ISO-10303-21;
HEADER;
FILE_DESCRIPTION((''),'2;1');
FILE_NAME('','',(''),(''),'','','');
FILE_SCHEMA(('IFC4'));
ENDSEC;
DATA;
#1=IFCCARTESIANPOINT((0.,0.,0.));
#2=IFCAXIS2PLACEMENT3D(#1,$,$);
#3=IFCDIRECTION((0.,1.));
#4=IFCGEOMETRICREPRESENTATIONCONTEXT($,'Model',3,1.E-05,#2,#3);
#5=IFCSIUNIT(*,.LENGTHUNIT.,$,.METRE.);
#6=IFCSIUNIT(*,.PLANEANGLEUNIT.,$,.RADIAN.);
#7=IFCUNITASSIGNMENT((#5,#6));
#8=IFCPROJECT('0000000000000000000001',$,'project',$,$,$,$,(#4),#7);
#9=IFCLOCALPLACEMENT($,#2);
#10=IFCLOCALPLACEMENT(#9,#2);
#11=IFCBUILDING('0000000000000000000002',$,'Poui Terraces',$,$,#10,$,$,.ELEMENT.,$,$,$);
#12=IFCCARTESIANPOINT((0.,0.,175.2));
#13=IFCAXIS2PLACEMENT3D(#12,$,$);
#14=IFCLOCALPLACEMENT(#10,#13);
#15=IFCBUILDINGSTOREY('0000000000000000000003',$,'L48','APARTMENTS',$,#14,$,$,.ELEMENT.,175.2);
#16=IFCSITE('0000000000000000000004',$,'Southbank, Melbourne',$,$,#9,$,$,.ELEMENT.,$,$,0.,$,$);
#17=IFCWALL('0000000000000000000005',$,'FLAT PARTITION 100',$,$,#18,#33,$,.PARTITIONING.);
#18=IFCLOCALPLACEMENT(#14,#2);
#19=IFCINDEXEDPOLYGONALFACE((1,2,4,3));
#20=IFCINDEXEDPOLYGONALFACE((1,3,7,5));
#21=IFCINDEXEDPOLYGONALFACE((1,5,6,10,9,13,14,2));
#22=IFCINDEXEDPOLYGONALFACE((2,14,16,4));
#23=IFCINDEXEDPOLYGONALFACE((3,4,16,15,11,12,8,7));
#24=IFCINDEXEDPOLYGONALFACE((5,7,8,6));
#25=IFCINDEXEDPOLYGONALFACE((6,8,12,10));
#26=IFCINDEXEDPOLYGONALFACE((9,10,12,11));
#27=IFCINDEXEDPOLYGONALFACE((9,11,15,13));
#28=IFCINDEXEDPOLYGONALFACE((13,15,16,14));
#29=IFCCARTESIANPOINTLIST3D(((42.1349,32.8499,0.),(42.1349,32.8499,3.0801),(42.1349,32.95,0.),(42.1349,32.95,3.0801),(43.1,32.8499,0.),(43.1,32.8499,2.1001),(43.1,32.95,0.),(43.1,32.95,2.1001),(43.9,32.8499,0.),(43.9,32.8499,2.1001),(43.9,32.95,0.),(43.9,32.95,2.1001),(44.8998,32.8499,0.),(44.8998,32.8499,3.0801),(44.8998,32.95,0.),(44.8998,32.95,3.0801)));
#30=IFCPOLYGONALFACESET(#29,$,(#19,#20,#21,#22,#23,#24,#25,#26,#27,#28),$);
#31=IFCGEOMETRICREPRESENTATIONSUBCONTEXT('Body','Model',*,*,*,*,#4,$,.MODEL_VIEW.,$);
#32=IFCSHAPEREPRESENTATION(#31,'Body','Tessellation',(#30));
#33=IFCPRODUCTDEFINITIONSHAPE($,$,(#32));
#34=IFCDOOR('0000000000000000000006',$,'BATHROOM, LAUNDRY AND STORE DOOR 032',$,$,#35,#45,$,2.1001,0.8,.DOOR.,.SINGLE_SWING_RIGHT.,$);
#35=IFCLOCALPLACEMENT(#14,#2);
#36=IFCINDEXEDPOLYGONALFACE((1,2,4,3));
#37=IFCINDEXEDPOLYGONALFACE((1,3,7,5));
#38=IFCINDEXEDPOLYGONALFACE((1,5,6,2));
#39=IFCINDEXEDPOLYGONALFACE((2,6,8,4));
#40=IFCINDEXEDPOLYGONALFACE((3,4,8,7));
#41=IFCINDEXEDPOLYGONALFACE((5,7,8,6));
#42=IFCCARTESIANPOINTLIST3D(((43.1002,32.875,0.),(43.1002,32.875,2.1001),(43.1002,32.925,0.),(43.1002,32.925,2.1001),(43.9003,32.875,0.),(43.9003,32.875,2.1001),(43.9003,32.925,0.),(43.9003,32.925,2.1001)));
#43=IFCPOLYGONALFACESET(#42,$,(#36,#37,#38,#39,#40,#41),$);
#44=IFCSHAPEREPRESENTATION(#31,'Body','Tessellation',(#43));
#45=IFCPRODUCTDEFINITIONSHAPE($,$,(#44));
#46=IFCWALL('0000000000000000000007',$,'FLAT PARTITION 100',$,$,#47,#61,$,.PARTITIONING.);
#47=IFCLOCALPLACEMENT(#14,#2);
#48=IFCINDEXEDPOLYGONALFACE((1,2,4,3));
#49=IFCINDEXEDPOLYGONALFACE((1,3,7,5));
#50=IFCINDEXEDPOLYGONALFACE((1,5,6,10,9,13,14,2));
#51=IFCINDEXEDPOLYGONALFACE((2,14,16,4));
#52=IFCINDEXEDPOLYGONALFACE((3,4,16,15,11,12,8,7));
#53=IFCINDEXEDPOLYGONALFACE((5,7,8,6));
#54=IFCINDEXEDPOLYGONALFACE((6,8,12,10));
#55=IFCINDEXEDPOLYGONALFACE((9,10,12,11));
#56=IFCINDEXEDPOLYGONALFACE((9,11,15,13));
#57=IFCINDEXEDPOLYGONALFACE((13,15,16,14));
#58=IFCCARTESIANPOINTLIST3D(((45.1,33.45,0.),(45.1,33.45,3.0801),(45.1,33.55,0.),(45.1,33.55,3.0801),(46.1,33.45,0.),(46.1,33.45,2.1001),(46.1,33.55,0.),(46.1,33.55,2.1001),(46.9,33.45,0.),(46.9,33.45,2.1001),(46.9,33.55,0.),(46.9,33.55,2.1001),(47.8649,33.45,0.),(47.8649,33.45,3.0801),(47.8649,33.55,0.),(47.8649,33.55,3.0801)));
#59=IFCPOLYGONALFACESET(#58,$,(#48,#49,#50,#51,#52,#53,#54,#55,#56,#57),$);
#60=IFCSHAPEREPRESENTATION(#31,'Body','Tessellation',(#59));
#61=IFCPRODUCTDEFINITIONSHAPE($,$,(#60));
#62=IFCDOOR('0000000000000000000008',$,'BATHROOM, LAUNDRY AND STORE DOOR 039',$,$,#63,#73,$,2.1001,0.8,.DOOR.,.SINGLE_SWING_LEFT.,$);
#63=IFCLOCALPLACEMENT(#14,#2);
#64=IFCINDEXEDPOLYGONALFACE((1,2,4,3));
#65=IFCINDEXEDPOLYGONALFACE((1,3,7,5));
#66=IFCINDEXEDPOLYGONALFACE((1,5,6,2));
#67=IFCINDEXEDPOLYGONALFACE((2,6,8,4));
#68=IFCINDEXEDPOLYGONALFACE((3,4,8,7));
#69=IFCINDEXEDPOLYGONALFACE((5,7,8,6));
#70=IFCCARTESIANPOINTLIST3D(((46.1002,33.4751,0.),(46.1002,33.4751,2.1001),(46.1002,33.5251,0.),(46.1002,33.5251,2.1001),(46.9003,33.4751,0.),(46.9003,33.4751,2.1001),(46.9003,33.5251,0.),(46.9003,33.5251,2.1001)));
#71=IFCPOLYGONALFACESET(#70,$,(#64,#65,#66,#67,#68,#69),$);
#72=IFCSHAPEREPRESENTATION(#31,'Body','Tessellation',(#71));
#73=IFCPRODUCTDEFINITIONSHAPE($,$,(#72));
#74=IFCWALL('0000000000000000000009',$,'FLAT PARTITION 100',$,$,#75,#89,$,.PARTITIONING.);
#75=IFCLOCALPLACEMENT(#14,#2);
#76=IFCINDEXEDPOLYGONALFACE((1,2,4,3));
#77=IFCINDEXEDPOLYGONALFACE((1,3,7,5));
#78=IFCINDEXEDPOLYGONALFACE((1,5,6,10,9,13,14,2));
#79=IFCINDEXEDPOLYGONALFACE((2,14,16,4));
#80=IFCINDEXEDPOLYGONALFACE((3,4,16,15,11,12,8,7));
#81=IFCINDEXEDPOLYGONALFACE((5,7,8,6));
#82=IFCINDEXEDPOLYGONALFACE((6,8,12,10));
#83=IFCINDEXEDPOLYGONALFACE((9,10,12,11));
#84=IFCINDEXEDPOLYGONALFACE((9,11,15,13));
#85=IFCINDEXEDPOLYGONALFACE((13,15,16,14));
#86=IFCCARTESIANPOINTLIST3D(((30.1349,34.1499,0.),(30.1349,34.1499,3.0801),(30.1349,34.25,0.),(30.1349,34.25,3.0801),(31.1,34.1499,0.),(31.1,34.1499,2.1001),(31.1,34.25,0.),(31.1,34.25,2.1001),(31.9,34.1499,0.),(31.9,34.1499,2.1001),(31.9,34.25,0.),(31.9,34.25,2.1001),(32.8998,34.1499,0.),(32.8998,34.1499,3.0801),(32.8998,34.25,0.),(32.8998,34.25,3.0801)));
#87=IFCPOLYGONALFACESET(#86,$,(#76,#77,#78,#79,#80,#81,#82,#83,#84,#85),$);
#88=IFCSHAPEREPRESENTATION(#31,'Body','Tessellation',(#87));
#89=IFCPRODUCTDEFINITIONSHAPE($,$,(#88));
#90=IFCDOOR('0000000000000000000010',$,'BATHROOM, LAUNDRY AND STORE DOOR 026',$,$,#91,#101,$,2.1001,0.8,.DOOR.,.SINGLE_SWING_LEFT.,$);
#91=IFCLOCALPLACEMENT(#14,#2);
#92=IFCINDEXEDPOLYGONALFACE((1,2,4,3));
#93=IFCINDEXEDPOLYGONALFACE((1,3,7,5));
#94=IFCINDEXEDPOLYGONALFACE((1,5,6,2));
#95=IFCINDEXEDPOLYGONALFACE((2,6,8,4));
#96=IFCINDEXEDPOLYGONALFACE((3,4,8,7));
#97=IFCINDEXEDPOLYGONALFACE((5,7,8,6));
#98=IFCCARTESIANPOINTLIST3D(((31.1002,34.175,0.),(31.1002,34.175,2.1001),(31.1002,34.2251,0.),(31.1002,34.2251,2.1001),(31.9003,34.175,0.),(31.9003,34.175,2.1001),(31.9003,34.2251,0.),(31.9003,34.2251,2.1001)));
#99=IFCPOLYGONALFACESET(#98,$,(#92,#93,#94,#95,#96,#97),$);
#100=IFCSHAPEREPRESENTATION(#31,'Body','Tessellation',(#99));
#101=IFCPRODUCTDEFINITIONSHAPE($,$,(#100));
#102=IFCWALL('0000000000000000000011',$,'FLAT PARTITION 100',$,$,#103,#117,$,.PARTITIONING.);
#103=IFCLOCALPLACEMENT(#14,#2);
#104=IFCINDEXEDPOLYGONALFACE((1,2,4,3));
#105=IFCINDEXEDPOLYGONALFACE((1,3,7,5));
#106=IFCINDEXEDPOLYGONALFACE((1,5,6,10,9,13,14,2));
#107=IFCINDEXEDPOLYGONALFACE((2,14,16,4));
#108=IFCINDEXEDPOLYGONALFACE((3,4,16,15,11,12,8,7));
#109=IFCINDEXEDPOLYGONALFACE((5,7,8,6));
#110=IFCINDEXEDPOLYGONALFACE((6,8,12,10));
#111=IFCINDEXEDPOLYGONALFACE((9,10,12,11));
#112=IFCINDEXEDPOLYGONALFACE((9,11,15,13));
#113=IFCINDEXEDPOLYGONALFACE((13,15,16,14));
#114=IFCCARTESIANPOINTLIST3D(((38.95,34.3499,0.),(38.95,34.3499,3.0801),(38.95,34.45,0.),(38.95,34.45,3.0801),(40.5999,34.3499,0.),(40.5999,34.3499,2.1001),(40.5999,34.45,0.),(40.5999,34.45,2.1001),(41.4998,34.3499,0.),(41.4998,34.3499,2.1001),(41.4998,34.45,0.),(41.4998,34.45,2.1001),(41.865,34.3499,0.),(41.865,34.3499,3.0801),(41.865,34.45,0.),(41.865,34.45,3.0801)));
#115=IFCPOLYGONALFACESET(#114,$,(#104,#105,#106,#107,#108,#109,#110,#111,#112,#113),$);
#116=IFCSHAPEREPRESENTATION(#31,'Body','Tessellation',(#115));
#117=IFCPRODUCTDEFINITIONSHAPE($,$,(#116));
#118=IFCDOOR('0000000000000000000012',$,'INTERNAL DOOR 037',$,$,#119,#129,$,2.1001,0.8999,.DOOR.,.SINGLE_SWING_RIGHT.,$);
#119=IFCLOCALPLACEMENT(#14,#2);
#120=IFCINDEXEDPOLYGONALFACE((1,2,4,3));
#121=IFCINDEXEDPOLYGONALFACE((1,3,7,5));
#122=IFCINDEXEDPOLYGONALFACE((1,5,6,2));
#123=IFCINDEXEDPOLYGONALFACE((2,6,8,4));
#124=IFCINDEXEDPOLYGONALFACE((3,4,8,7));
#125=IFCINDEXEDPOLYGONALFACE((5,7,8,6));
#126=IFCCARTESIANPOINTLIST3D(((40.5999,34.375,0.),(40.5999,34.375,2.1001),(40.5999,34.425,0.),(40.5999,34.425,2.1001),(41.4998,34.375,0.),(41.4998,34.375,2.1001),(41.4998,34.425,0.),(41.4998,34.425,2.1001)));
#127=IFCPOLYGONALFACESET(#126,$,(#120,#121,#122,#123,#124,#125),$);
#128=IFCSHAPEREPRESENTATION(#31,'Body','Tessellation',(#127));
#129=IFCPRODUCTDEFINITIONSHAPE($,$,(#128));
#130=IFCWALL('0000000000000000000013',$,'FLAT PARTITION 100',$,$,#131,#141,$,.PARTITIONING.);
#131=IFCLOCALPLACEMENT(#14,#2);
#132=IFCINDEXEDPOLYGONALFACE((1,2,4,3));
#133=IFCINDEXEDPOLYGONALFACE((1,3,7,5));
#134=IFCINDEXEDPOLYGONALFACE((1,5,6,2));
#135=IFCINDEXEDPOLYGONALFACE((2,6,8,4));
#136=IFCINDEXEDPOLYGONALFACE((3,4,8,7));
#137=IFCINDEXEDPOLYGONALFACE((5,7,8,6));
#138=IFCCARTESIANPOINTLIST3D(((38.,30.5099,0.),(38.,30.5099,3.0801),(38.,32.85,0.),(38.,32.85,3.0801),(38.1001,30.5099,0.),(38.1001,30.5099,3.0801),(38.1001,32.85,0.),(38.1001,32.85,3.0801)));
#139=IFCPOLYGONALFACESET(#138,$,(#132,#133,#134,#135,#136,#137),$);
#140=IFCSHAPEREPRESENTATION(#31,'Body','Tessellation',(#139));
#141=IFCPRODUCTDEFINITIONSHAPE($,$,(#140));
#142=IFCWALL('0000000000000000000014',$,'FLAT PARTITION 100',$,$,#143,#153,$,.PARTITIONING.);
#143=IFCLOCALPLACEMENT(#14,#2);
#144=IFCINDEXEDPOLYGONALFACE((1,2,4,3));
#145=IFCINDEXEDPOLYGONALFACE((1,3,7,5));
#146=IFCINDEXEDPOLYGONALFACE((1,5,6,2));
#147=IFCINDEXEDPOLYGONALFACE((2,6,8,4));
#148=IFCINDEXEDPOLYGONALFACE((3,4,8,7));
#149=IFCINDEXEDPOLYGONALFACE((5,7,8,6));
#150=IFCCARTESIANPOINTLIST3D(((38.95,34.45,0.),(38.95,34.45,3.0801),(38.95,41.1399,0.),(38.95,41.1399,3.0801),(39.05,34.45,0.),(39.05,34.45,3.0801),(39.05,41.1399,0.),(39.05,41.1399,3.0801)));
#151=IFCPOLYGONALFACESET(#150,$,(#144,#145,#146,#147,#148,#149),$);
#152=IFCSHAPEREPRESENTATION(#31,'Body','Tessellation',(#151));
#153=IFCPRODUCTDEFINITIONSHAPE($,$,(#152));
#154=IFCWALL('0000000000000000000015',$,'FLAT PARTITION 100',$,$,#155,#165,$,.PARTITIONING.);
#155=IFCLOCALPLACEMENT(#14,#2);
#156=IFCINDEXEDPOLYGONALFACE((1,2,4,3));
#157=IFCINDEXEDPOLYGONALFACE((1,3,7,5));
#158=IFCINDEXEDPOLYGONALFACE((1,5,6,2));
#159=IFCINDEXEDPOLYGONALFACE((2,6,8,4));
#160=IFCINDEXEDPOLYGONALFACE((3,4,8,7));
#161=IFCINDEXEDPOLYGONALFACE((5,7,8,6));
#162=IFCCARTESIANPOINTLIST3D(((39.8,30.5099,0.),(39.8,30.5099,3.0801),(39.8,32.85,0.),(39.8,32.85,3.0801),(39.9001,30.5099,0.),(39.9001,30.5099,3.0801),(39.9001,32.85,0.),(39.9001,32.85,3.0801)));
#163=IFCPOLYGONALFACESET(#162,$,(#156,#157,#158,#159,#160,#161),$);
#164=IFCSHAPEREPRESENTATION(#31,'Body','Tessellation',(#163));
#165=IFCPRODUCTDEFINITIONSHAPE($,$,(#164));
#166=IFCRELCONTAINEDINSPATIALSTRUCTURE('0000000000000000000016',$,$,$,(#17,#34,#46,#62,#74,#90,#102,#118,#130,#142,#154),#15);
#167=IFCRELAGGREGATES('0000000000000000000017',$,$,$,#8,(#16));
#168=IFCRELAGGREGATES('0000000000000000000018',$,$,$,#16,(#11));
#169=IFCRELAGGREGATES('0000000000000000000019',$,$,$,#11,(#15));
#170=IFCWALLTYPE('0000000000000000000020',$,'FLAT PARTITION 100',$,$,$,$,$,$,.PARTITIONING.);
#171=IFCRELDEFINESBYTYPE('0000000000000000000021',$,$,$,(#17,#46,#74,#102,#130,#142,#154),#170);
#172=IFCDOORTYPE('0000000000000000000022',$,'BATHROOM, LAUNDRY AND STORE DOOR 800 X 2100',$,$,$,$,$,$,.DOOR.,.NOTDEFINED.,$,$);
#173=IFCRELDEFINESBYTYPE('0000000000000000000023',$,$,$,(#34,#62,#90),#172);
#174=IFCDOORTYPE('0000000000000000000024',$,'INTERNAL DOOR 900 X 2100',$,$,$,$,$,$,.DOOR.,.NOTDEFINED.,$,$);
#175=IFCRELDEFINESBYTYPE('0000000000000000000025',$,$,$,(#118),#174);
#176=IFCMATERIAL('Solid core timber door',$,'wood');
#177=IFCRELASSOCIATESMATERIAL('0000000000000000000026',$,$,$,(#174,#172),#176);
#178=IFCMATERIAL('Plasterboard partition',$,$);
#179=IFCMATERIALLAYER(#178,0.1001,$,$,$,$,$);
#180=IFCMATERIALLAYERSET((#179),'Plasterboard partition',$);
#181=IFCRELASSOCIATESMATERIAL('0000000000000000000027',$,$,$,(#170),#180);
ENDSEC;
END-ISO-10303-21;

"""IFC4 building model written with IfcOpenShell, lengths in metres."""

from ifc_helpers import new_model, si_unit, direction, frame, frame_2d, origin, place, context, subcontext, project, spatial, rectangle, extrude, material, layer, layer_set, type_object, element, fill, save


model = new_model("IFC4")

# Units and contexts
model_context = context("Model", 3, precision=1e-05, world=origin(), true_north=direction((0.0, 1.0)))
body_context = subcontext(model_context, "Body", "Model", "MODEL_VIEW")
ifc_project = project(units=[si_unit("LENGTHUNIT", "METRE"), si_unit("PLANEANGLEUNIT", "RADIAN")], contexts=[model_context])

# Site, building, storey
site_placement = place(None, origin())
site = spatial("IfcSite", under=ifc_project, at=site_placement, Name="Southbank, Melbourne", CompositionType="ELEMENT", RefElevation=0.0)
building_placement = place(site_placement, origin())
building = spatial("IfcBuilding", under=site, at=building_placement, Name="Poui Terraces", CompositionType="ELEMENT")
storey_placement = place(building_placement, frame((0.0, 0.0, 175.2)))
storey = spatial("IfcBuildingStorey", under=building, at=storey_placement, Name="L48", Description="APARTMENTS", CompositionType="ELEMENT", Elevation=175.2)

# Walls, openings, doors
ifc_material_1 = material(Name="Solid core timber door", Category="wood")
door_type_1 = type_object("IfcDoorType", Name="INTERNAL DOOR 900 X 2100", OperationType="NOTDEFINED", PredefinedType="DOOR", material=ifc_material_1)
ifc_material_2 = material(Name="Plasterboard partition")
ifc_layer_1 = layer(ifc_material_2, 0.1001)
ifc_layer_set_1 = layer_set([ifc_layer_1], Name="Plasterboard partition")
wall_type_1 = type_object("IfcWallType", Name="FLAT PARTITION 100", PredefinedType="PARTITIONING", material=ifc_layer_set_1)
door_type_2 = type_object("IfcDoorType", Name="BATHROOM, LAUNDRY AND STORE DOOR 800 X 2100", OperationType="NOTDEFINED", PredefinedType="DOOR", material=ifc_material_1)
wall_1_placement = place(storey_placement, frame((42.135, 32.8999, 0.0), z_axis=(0.0, 0.0, 1.0), x_axis=(1.0, 0.0, 0.0)))
wall_1 = element("IfcWall", 1, at=wall_1_placement, inside=storey, type_object=wall_type_1, Name="FLAT PARTITION 100", PredefinedType="PARTITIONING", context=body_context, shape_type="SweptSolid", body=[
    extrude(rectangle(XDim=2.7649, YDim=0.1001, at=frame_2d((1.3823, 0.0))), origin(), (0.0, 0.0, 1.0), 3.0801),
])
opening_1_placement = place(wall_1_placement, frame((0.9651, 0.0, 0.0)))
opening_1 = element("IfcOpeningElement", 2, at=opening_1_placement, cuts=wall_1, PredefinedType="OPENING", context=body_context, shape_type="SweptSolid", body=[
    extrude(rectangle(XDim=0.8, YDim=2.1001, at=frame_2d((0.3999, 1.05))), frame((0.0, 0.0601, 0.0), z_axis=(0.0, -1.0, 0.0), x_axis=(1.0, 0.0, 0.0)), (0.0, 0.0, 1.0), 0.1201),
])
door_1_placement = place(opening_1_placement, frame((0.8, 0.0, 0.0), z_axis=(0.0, 0.0, 1.0), x_axis=(-1.0, 0.0, 0.0)))
door_1 = element("IfcDoor", 3, at=door_1_placement, inside=storey, type_object=door_type_2, Name="BATHROOM, LAUNDRY AND STORE DOOR 032", OperationType="SINGLE_SWING_RIGHT", OverallHeight=2.1001, OverallWidth=0.8, PredefinedType="DOOR", context=body_context, shape_type="SweptSolid", body=[
    extrude(rectangle(XDim=0.8, YDim=2.1001, at=frame_2d((0.3999, 1.05))), frame((0.0, 0.0249, 0.0), z_axis=(0.0, -1.0, 0.0), x_axis=(1.0, 0.0, 0.0)), (0.0, 0.0, 1.0), 0.05),
])
fill(opening_1, door_1)
wall_2_placement = place(storey_placement, frame((45.1001, 33.5, 0.0), z_axis=(0.0, 0.0, 1.0), x_axis=(1.0, 0.0, 0.0)))
wall_2 = element("IfcWall", 4, at=wall_2_placement, inside=storey, type_object=wall_type_1, Name="FLAT PARTITION 100", PredefinedType="PARTITIONING", context=body_context, shape_type="SweptSolid", body=[
    extrude(rectangle(XDim=2.7649, YDim=0.1001, at=frame_2d((1.3823, 0.0))), origin(), (0.0, 0.0, 1.0), 3.0801),
])
opening_2_placement = place(wall_2_placement, frame((1.0, 0.0, 0.0)))
opening_2 = element("IfcOpeningElement", 5, at=opening_2_placement, cuts=wall_2, PredefinedType="OPENING", context=body_context, shape_type="SweptSolid", body=[
    extrude(rectangle(XDim=0.8, YDim=2.1001, at=frame_2d((0.3999, 1.05))), frame((0.0, 0.0601, 0.0), z_axis=(0.0, -1.0, 0.0), x_axis=(1.0, 0.0, 0.0)), (0.0, 0.0, 1.0), 0.1201),
])
door_2_placement = place(opening_2_placement, frame((0.8, 0.0, 0.0), z_axis=(0.0, 0.0, 1.0), x_axis=(-1.0, 0.0, 0.0)))
door_2 = element("IfcDoor", 6, at=door_2_placement, inside=storey, type_object=door_type_2, Name="BATHROOM, LAUNDRY AND STORE DOOR 039", OperationType="SINGLE_SWING_LEFT", OverallHeight=2.1001, OverallWidth=0.8, PredefinedType="DOOR", context=body_context, shape_type="SweptSolid", body=[
    extrude(rectangle(XDim=0.8, YDim=2.1001, at=frame_2d((0.3999, 1.05))), frame((0.0, 0.0249, 0.0), z_axis=(0.0, -1.0, 0.0), x_axis=(1.0, 0.0, 0.0)), (0.0, 0.0, 1.0), 0.05),
])
fill(opening_2, door_2)
wall_3_placement = place(storey_placement, frame((30.135, 34.2, 0.0), z_axis=(0.0, 0.0, 1.0), x_axis=(1.0, 0.0, 0.0)))
wall_3 = element("IfcWall", 7, at=wall_3_placement, inside=storey, type_object=wall_type_1, Name="FLAT PARTITION 100", PredefinedType="PARTITIONING", context=body_context, shape_type="SweptSolid", body=[
    extrude(rectangle(XDim=2.7649, YDim=0.1001, at=frame_2d((1.3823, 0.0))), origin(), (0.0, 0.0, 1.0), 3.0801),
])
opening_3_placement = place(wall_3_placement, frame((0.9651, 0.0, 0.0)))
opening_3 = element("IfcOpeningElement", 8, at=opening_3_placement, cuts=wall_3, PredefinedType="OPENING", context=body_context, shape_type="SweptSolid", body=[
    extrude(rectangle(XDim=0.8, YDim=2.1001, at=frame_2d((0.3999, 1.05))), frame((0.0, 0.0601, 0.0), z_axis=(0.0, -1.0, 0.0), x_axis=(1.0, 0.0, 0.0)), (0.0, 0.0, 1.0), 0.1201),
])
door_3_placement = place(opening_3_placement, frame((0.8, 0.0, 0.0), z_axis=(0.0, 0.0, 1.0), x_axis=(-1.0, 0.0, 0.0)))
door_3 = element("IfcDoor", 9, at=door_3_placement, inside=storey, type_object=door_type_2, Name="BATHROOM, LAUNDRY AND STORE DOOR 026", OperationType="SINGLE_SWING_LEFT", OverallHeight=2.1001, OverallWidth=0.8, PredefinedType="DOOR", context=body_context, shape_type="SweptSolid", body=[
    extrude(rectangle(XDim=0.8, YDim=2.1001, at=frame_2d((0.3999, 1.05))), frame((0.0, 0.0249, 0.0), z_axis=(0.0, -1.0, 0.0), x_axis=(1.0, 0.0, 0.0)), (0.0, 0.0, 1.0), 0.05),
])
fill(opening_3, door_3)
wall_4_placement = place(storey_placement, frame((38.95, 34.3999, 0.0), z_axis=(0.0, 0.0, 1.0), x_axis=(1.0, 0.0, 0.0)))
wall_4 = element("IfcWall", 10, at=wall_4_placement, inside=storey, type_object=wall_type_1, Name="FLAT PARTITION 100", PredefinedType="PARTITIONING", context=body_context, shape_type="SweptSolid", body=[
    extrude(rectangle(XDim=2.915, YDim=0.1001, at=frame_2d((1.4575, 0.0))), origin(), (0.0, 0.0, 1.0), 3.0801),
])
opening_4_placement = place(wall_4_placement, frame((1.6499, 0.0, 0.0)))
opening_4 = element("IfcOpeningElement", 11, at=opening_4_placement, cuts=wall_4, PredefinedType="OPENING", context=body_context, shape_type="SweptSolid", body=[
    extrude(rectangle(XDim=0.8999, YDim=2.1001, at=frame_2d((0.45, 1.05))), frame((0.0, 0.0601, 0.0), z_axis=(0.0, -1.0, 0.0), x_axis=(1.0, 0.0, 0.0)), (0.0, 0.0, 1.0), 0.1201),
])
door_4_placement = place(opening_4_placement, frame((0.8999, 0.0, 0.0), z_axis=(0.0, 0.0, 1.0), x_axis=(-1.0, 0.0, 0.0)))
door_4 = element("IfcDoor", 12, at=door_4_placement, inside=storey, type_object=door_type_1, Name="INTERNAL DOOR 037", OperationType="SINGLE_SWING_RIGHT", OverallHeight=2.1001, OverallWidth=0.8999, PredefinedType="DOOR", context=body_context, shape_type="SweptSolid", body=[
    extrude(rectangle(XDim=0.8999, YDim=2.1001, at=frame_2d((0.45, 1.05))), frame((0.0, 0.0249, 0.0), z_axis=(0.0, -1.0, 0.0), x_axis=(1.0, 0.0, 0.0)), (0.0, 0.0, 1.0), 0.05),
])
fill(opening_4, door_4)

# Walls
wall_5_placement = place(storey_placement, frame((38.05, 30.51, 0.0), z_axis=(0.0, 0.0, 1.0), x_axis=(0.0, 1.0, 0.0)))
element("IfcWall", 13, at=wall_5_placement, inside=storey, type_object=wall_type_1, Name="FLAT PARTITION 100", PredefinedType="PARTITIONING", context=body_context, shape_type="SweptSolid", body=[
    extrude(rectangle(XDim=2.3401, YDim=0.1001, at=frame_2d((1.1699, 0.0))), origin(), (0.0, 0.0, 1.0), 3.0801),
])
wall_6_placement = place(storey_placement, frame((39.0, 34.45, 0.0), z_axis=(0.0, 0.0, 1.0), x_axis=(0.0, 1.0, 0.0)))
element("IfcWall", 14, at=wall_6_placement, inside=storey, type_object=wall_type_1, Name="FLAT PARTITION 100", PredefinedType="PARTITIONING", context=body_context, shape_type="SweptSolid", body=[
    extrude(rectangle(XDim=6.6899, YDim=0.1001, at=frame_2d((3.345, 0.0))), origin(), (0.0, 0.0, 1.0), 3.0801),
])
wall_7_placement = place(storey_placement, frame((39.8501, 30.51, 0.0), z_axis=(0.0, 0.0, 1.0), x_axis=(0.0, 1.0, 0.0)))
element("IfcWall", 15, at=wall_7_placement, inside=storey, type_object=wall_type_1, Name="FLAT PARTITION 100", PredefinedType="PARTITIONING", context=body_context, shape_type="SweptSolid", body=[
    extrude(rectangle(XDim=2.3401, YDim=0.1001, at=frame_2d((1.1699, 0.0))), origin(), (0.0, 0.0, 1.0), 3.0801),
])

save(model, "model.ifc")
